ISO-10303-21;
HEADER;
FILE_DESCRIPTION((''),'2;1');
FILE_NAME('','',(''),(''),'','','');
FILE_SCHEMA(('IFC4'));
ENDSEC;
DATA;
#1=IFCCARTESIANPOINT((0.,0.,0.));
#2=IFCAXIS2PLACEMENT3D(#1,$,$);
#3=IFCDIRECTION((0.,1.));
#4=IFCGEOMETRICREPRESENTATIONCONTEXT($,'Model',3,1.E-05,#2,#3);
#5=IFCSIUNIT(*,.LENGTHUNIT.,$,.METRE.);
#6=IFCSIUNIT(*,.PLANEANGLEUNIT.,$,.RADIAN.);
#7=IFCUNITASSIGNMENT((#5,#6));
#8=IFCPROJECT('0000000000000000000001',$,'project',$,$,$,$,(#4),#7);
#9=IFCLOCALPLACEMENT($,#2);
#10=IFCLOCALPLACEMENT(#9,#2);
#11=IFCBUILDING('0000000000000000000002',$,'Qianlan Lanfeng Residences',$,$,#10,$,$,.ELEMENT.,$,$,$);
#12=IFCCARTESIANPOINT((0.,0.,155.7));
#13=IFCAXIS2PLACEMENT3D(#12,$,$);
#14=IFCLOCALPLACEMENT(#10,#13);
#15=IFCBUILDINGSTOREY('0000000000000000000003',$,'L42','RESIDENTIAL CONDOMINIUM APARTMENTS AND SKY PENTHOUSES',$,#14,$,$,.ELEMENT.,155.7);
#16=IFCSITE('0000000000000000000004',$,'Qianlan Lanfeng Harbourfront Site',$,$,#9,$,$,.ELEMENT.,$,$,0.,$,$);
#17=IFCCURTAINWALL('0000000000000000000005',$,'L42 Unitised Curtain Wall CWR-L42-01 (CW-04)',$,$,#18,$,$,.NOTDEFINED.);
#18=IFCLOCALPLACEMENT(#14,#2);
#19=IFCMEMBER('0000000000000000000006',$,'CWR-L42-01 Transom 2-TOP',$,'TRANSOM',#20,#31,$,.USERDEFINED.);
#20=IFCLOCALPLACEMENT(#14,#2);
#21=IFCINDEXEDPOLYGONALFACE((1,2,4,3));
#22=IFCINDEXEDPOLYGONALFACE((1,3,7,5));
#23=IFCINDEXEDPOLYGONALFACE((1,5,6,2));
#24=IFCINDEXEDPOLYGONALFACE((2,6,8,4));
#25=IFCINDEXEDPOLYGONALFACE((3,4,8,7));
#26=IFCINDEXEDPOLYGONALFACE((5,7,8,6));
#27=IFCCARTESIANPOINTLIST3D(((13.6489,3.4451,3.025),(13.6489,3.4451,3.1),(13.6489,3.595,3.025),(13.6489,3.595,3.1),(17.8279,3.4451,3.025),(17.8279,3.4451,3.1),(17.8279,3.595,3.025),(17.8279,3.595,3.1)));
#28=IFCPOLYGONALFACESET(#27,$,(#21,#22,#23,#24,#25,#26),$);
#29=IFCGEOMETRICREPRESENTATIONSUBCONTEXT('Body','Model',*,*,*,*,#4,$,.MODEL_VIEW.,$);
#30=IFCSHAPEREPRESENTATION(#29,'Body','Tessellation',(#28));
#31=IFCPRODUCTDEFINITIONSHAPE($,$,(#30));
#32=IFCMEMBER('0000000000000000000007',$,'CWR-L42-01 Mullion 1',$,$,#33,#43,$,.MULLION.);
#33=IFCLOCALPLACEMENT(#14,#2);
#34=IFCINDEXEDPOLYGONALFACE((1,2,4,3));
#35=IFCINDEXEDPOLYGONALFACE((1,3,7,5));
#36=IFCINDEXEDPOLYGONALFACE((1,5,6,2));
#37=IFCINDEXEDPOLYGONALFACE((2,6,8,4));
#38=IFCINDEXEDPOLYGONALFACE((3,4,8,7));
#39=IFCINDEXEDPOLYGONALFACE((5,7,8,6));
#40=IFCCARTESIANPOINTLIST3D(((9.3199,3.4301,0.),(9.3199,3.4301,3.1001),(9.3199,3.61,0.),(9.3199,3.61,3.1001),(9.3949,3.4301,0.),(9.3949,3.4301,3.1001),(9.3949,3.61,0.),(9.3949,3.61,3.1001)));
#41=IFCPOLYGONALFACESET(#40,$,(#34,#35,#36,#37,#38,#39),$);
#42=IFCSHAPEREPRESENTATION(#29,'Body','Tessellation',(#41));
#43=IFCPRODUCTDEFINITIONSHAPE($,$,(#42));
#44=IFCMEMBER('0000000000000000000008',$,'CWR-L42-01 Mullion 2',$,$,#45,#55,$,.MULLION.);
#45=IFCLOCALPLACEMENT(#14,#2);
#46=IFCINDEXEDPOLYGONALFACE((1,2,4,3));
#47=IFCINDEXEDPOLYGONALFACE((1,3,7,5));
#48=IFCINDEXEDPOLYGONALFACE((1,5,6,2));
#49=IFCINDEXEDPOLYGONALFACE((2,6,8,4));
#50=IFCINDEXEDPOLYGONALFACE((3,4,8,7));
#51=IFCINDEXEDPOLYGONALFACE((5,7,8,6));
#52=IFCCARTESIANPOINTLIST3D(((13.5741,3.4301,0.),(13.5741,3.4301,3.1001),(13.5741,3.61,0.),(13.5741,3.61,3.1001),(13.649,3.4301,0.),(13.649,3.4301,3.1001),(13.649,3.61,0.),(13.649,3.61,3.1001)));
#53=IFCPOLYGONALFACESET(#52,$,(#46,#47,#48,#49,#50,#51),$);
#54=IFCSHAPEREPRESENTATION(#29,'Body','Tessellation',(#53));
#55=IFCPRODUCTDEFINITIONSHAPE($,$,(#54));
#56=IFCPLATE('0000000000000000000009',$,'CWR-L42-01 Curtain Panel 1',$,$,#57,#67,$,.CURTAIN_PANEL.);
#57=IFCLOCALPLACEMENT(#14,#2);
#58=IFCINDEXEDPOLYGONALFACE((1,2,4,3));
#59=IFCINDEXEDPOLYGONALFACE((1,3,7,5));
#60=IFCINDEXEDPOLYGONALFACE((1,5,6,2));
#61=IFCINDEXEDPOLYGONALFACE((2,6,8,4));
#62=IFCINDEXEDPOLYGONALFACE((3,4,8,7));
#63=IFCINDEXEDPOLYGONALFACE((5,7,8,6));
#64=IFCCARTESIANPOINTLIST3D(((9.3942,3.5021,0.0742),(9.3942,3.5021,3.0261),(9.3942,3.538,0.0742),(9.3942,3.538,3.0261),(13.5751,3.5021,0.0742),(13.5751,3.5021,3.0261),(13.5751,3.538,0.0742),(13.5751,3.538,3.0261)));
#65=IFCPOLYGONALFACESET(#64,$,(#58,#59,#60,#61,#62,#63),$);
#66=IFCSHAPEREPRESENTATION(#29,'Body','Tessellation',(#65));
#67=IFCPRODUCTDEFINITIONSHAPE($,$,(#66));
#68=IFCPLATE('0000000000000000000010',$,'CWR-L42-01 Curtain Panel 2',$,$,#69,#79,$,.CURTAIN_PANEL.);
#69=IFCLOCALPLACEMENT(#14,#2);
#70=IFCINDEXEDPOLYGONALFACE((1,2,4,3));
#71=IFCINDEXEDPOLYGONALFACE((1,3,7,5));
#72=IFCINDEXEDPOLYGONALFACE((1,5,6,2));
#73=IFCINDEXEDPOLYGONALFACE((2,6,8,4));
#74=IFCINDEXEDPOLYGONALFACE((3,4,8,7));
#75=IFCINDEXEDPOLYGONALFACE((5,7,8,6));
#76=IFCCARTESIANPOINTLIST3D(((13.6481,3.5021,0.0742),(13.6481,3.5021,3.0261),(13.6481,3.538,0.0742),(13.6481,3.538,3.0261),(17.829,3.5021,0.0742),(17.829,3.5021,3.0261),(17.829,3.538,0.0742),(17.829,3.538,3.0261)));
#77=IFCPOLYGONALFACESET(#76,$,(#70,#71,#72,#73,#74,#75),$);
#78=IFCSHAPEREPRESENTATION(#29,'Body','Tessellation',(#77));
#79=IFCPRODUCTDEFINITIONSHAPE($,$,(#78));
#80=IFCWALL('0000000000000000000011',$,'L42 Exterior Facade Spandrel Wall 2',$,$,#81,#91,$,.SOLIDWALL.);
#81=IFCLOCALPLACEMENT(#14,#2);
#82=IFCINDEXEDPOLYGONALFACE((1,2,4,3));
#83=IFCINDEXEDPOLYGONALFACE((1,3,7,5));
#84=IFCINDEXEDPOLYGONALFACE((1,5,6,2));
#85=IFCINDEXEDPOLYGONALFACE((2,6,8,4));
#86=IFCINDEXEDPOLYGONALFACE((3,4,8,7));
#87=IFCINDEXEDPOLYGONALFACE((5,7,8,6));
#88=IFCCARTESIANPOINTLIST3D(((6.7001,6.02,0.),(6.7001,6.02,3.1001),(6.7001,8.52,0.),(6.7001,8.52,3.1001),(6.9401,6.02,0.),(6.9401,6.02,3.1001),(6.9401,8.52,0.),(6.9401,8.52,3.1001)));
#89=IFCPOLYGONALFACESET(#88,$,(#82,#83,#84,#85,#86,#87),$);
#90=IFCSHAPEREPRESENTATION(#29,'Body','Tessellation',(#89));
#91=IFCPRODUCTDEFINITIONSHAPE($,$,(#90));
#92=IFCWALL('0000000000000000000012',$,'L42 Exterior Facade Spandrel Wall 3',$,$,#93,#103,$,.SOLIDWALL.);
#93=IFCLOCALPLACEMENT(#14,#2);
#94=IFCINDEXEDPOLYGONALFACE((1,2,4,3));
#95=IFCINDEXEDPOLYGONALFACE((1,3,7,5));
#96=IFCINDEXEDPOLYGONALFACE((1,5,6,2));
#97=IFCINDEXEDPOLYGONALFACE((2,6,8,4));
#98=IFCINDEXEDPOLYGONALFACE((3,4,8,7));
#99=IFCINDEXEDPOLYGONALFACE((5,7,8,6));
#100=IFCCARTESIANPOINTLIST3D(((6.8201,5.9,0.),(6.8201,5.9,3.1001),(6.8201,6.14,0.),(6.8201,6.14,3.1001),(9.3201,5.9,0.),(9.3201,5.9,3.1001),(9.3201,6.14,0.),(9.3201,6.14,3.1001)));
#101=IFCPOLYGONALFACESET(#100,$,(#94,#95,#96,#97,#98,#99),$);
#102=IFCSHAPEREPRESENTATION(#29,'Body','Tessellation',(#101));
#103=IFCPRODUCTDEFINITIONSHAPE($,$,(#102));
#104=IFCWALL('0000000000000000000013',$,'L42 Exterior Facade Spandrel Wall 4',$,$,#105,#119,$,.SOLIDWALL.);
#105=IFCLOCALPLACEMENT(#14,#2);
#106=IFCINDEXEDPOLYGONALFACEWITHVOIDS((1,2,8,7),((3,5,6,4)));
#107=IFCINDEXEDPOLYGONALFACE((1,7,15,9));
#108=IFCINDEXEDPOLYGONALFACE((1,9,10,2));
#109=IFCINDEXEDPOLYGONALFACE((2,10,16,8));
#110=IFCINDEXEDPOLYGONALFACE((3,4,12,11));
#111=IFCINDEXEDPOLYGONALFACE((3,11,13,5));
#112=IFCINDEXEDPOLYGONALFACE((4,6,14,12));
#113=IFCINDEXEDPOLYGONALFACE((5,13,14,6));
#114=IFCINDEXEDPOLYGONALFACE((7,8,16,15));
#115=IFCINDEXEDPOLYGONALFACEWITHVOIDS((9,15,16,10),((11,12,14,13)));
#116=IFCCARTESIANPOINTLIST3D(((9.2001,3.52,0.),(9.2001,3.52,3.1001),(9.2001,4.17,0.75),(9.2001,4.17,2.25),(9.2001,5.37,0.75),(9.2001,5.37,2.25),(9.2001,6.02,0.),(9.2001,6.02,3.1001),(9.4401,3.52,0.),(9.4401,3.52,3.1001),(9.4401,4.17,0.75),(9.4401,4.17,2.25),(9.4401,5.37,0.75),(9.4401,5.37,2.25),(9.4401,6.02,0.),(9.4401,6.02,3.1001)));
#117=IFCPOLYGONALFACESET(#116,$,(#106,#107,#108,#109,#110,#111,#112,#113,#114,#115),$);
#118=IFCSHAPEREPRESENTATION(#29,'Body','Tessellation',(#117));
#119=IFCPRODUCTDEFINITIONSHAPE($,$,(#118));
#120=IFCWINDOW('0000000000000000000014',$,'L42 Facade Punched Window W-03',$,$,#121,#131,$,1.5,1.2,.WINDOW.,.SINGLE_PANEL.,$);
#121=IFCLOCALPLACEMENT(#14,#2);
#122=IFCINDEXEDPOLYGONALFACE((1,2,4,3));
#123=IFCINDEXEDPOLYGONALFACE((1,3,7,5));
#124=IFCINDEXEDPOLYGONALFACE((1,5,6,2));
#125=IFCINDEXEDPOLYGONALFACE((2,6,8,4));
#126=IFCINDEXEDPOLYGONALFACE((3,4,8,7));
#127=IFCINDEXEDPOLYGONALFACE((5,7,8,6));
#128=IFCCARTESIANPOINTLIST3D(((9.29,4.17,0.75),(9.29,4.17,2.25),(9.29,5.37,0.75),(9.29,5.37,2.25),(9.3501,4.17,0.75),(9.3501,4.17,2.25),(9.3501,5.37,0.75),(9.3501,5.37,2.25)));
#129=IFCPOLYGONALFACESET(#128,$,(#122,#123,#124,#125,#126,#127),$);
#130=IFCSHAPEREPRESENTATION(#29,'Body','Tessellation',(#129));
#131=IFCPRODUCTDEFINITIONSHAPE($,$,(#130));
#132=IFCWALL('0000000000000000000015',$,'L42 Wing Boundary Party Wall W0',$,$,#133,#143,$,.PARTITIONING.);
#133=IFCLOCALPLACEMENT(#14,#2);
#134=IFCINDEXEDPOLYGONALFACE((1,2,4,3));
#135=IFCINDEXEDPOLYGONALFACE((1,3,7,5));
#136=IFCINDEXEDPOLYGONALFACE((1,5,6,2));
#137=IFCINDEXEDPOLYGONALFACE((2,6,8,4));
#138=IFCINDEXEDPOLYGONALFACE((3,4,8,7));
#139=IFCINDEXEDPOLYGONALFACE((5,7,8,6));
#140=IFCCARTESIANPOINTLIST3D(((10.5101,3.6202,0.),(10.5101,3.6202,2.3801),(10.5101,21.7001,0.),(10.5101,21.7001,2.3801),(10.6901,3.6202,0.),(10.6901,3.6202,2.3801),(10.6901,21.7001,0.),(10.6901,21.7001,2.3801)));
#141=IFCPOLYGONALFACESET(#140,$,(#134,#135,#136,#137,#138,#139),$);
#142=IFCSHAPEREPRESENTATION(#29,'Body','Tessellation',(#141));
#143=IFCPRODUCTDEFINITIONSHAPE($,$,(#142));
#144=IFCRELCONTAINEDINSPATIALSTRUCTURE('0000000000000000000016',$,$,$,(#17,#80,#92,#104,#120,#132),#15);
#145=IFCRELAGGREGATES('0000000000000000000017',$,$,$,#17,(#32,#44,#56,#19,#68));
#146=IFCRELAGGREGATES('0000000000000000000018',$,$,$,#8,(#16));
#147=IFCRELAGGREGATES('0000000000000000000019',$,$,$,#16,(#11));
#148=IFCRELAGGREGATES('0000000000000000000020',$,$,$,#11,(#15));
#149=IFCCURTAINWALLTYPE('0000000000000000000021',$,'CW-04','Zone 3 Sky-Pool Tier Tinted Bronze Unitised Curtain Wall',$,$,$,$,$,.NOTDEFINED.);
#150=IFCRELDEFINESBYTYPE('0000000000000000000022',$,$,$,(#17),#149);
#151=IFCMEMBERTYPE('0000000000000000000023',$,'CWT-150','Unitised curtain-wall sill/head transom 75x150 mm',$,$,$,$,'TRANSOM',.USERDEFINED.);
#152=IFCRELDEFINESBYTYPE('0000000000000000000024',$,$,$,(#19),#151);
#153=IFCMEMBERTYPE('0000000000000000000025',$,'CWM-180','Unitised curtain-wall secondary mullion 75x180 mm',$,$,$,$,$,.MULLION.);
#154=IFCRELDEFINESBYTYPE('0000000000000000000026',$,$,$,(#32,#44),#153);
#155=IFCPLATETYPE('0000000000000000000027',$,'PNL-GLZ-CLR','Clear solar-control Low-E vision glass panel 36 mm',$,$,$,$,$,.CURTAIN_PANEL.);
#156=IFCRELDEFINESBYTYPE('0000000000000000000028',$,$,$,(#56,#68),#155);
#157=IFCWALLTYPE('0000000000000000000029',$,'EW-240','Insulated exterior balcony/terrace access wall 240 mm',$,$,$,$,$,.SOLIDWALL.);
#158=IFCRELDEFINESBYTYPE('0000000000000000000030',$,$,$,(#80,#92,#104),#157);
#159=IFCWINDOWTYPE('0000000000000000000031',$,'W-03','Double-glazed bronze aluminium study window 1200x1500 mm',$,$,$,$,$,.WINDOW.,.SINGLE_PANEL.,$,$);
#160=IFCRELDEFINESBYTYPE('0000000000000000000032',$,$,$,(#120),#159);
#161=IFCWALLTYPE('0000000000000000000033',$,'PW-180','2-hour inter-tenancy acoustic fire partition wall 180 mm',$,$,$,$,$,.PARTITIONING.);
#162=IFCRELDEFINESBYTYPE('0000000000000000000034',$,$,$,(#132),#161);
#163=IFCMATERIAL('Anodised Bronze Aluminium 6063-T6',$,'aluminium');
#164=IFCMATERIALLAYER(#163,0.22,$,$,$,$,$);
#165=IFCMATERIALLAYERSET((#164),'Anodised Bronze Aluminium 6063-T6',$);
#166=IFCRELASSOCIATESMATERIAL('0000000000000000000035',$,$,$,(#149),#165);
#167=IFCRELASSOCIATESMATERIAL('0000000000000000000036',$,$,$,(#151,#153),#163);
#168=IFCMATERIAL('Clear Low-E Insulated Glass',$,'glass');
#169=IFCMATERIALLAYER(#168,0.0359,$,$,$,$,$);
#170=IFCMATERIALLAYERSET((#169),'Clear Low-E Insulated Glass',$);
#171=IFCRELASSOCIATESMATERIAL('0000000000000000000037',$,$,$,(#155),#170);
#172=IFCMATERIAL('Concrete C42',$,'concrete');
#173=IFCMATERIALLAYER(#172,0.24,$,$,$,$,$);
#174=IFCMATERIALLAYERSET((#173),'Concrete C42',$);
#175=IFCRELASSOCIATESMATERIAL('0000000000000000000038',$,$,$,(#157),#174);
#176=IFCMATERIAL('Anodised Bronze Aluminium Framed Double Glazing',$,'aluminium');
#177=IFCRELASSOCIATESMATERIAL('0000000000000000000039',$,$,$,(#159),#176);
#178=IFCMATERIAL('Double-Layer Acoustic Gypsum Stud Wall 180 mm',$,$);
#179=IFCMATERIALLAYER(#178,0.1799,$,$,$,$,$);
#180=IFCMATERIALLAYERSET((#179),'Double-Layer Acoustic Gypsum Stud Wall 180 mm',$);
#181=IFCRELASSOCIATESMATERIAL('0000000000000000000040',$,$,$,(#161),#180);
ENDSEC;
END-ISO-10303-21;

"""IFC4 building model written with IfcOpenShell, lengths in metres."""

from ifc_helpers import new_model, si_unit, direction, frame, frame_2d, origin, origin_2d, place, context, subcontext, project, spatial, rectangle, extrude, source, transform, mapped, material, layer, layer_set, material_profile, profile_set, type_object, element, fill, aggregate, save


model = new_model("IFC4")

# Units and contexts
model_context = context("Model", 3, precision=1e-05, world=origin(), true_north=direction((0.0, 1.0)))
body_context = subcontext(model_context, "Body", "Model", "MODEL_VIEW")
ifc_project = project(units=[si_unit("LENGTHUNIT", "METRE"), si_unit("PLANEANGLEUNIT", "RADIAN")], contexts=[model_context])

# Site, building, storey
site_placement = place(None, origin())
site = spatial("IfcSite", under=ifc_project, at=site_placement, Name="Qianlan Lanfeng Harbourfront Site", CompositionType="ELEMENT", RefElevation=0.0)
building_placement = place(site_placement, origin())
building = spatial("IfcBuilding", under=site, at=building_placement, Name="Qianlan Lanfeng Residences", CompositionType="ELEMENT")
storey_placement = place(building_placement, frame((0.0, 0.0, 155.7)))
storey = spatial("IfcBuildingStorey", under=building, at=storey_placement, Name="L42", Description="RESIDENTIAL CONDOMINIUM APARTMENTS AND SKY PENTHOUSES", CompositionType="ELEMENT", Elevation=155.7)

# Curtain wall, members, plates
ifc_material_1 = material(Name="Anodised Bronze Aluminium 6063-T6", Category="aluminium")
ifc_layer_1 = layer(ifc_material_1, 0.22)
ifc_layer_set_1 = layer_set([ifc_layer_1], Name="Anodised Bronze Aluminium 6063-T6")
curtain_wall_type = type_object("IfcCurtainWallType", Name="CW-04", Description="Zone 3 Sky-Pool Tier Tinted Bronze Unitised Curtain Wall", PredefinedType="NOTDEFINED", material=ifc_layer_set_1)
curtain_wall_placement = place(storey_placement, origin())
curtain_wall = element("IfcCurtainWall", 1, at=curtain_wall_placement, inside=storey, type_object=curtain_wall_type, Name="L42 Unitised Curtain Wall CWR-L42-01 (CW-04)", PredefinedType="NOTDEFINED")
ifc_material_profile_1 = material_profile(ifc_material_1, rectangle(XDim=0.075, YDim=0.1499, at=origin_2d()), Name="ALU TRANSOM 75x150")
ifc_profile_set_1 = profile_set([ifc_material_profile_1], Name="Anodised Bronze Aluminium 6063-T6")
member_type_1 = type_object("IfcMemberType", Name="CWT-150", Description="Unitised curtain-wall sill/head transom 75x150 mm", ElementType="TRANSOM", PredefinedType="USERDEFINED", material=ifc_profile_set_1)
shared_shape_1 = source(origin(), body_context, "Body", "SweptSolid", [
    extrude(rectangle(XDim=0.075, YDim=0.1499, at=origin_2d()), origin(), (0.0, 0.0, 1.0), 4.179),
])
member_1_placement = place(storey_placement, frame((13.6489, 3.52, 3.0625), z_axis=(1.0, 0.0, 0.0), x_axis=(0.0, 0.0, 1.0)))
member_1 = element("IfcMember", 2, at=member_1_placement, type_object=member_type_1, Name="CWR-L42-01 Transom 2-TOP", ObjectType="TRANSOM", PredefinedType="USERDEFINED", context=body_context, shape_type="MappedRepresentation", body=[
    mapped(shared_shape_1, transform((0.0, 0.0, 0.0), scale=1.0)),
])
ifc_material_profile_2 = material_profile(ifc_material_1, rectangle(XDim=0.075, YDim=0.1799, at=origin_2d()), Name="ALU MULLION 75x180")
ifc_profile_set_2 = profile_set([ifc_material_profile_2], Name="Anodised Bronze Aluminium 6063-T6")
member_type_2 = type_object("IfcMemberType", Name="CWM-180", Description="Unitised curtain-wall secondary mullion 75x180 mm", PredefinedType="MULLION", material=ifc_profile_set_2)
shared_shape_2 = source(origin(), body_context, "Body", "SweptSolid", [
    extrude(rectangle(XDim=0.075, YDim=0.1799, at=origin_2d()), origin(), (0.0, 0.0, 1.0), 3.1001),
])
member_2_placement = place(storey_placement, frame((9.3574, 3.52, 0.0), z_axis=(0.0, 0.0, 1.0), x_axis=(1.0, 0.0, 0.0)))
member_2 = element("IfcMember", 3, at=member_2_placement, type_object=member_type_2, Name="CWR-L42-01 Mullion 1", PredefinedType="MULLION", context=body_context, shape_type="MappedRepresentation", body=[
    mapped(shared_shape_2, transform((0.0, 0.0, 0.0), scale=1.0)),
])
member_3_placement = place(storey_placement, frame((13.6116, 3.52, 0.0), z_axis=(0.0, 0.0, 1.0), x_axis=(1.0, 0.0, 0.0)))
member_3 = element("IfcMember", 4, at=member_3_placement, type_object=member_type_2, Name="CWR-L42-01 Mullion 2", PredefinedType="MULLION", context=body_context, shape_type="MappedRepresentation", body=[
    mapped(shared_shape_2, transform((0.0, 0.0, 0.0), scale=1.0)),
])
ifc_material_2 = material(Name="Clear Low-E Insulated Glass", Category="glass")
ifc_layer_2 = layer(ifc_material_2, 0.0359)
ifc_layer_set_2 = layer_set([ifc_layer_2], Name="Clear Low-E Insulated Glass")
plate_type = type_object("IfcPlateType", Name="PNL-GLZ-CLR", Description="Clear solar-control Low-E vision glass panel 36 mm", PredefinedType="CURTAIN_PANEL", material=ifc_layer_set_2)
shared_shape_3 = source(origin(), body_context, "Body", "SweptSolid", [
    extrude(rectangle(XDim=4.1809, YDim=0.0359, at=origin_2d()), origin(), (0.0, 0.0, 1.0), 2.9519),
])
plate_1_placement = place(storey_placement, frame((11.4846, 3.52, 0.0742), z_axis=(0.0, 0.0, 1.0), x_axis=(1.0, 0.0, 0.0)))
plate_1 = element("IfcPlate", 5, at=plate_1_placement, type_object=plate_type, Name="CWR-L42-01 Curtain Panel 1", PredefinedType="CURTAIN_PANEL", context=body_context, shape_type="MappedRepresentation", body=[
    mapped(shared_shape_3, transform((0.0, 0.0, 0.0), scale=1.0)),
])
plate_2_placement = place(storey_placement, frame((15.7385, 3.52, 0.0742), z_axis=(0.0, 0.0, 1.0), x_axis=(1.0, 0.0, 0.0)))
plate_2 = element("IfcPlate", 6, at=plate_2_placement, type_object=plate_type, Name="CWR-L42-01 Curtain Panel 2", PredefinedType="CURTAIN_PANEL", context=body_context, shape_type="MappedRepresentation", body=[
    mapped(shared_shape_3, transform((0.0, 0.0, 0.0), scale=1.0)),
])
aggregate(curtain_wall, [member_2, member_3, plate_1, member_1, plate_2])

# Walls
ifc_material_3 = material(Name="Concrete C42", Category="concrete")
ifc_layer_3 = layer(ifc_material_3, 0.24)
ifc_layer_set_3 = layer_set([ifc_layer_3], Name="Concrete C42")
wall_type_1 = type_object("IfcWallType", Name="EW-240", Description="Insulated exterior balcony/terrace access wall 240 mm", PredefinedType="SOLIDWALL", material=ifc_layer_set_3)
for number, where, z_axis, x_axis, name in (
    (7, (6.8201, 8.52, 0.0), (0.0, 0.0, 1.0), (0.0, -1.0, 0.0), "L42 Exterior Facade Spandrel Wall 2"),
    (8, (6.8201, 6.02, 0.0), (0.0, 0.0, 1.0), (1.0, 0.0, 0.0), "L42 Exterior Facade Spandrel Wall 3"),
):
    element("IfcWall", number, at=place(storey_placement, frame(where, z_axis=z_axis, x_axis=x_axis)), inside=storey, type_object=wall_type_1, Name=name, PredefinedType="SOLIDWALL", context=body_context, shape_type="SweptSolid", body=[
        extrude(rectangle(XDim=2.5, YDim=0.24, at=frame_2d((1.25, 0.0))), origin(), (0.0, 0.0, 1.0), 3.1001),
    ])

# Wall, opening, window
wall_1_placement = place(storey_placement, frame((9.3201, 6.02, 0.0), z_axis=(0.0, 0.0, 1.0), x_axis=(0.0, -1.0, 0.0)))
wall_1 = element("IfcWall", 9, at=wall_1_placement, inside=storey, type_object=wall_type_1, Name="L42 Exterior Facade Spandrel Wall 4", PredefinedType="SOLIDWALL", context=body_context, shape_type="SweptSolid", body=[
    extrude(rectangle(XDim=2.5, YDim=0.24, at=frame_2d((1.25, 0.0))), origin(), (0.0, 0.0, 1.0), 3.1001),
])
opening_placement = place(wall_1_placement, frame((0.6499, 0.0, 0.75)))
opening = element("IfcOpeningElement", 10, at=opening_placement, cuts=wall_1, PredefinedType="OPENING", context=body_context, shape_type="SweptSolid", body=[
    extrude(rectangle(XDim=1.2, YDim=1.5, at=frame_2d((0.6001, 0.75))), frame((0.0, 0.1299, 0.0), z_axis=(0.0, -1.0, 0.0), x_axis=(1.0, 0.0, 0.0)), (0.0, 0.0, 1.0), 0.26),
])
ifc_material_4 = material(Name="Anodised Bronze Aluminium Framed Double Glazing", Category="aluminium")
window_type = type_object("IfcWindowType", Name="W-03", Description="Double-glazed bronze aluminium study window 1200x1500 mm", PartitioningType="SINGLE_PANEL", PredefinedType="WINDOW", material=ifc_material_4)
window_placement = place(opening_placement, origin())
window = element("IfcWindow", 11, at=window_placement, inside=storey, type_object=window_type, Name="L42 Facade Punched Window W-03", OverallHeight=1.5, OverallWidth=1.2, PartitioningType="SINGLE_PANEL", PredefinedType="WINDOW", context=body_context, shape_type="SweptSolid", body=[
    extrude(rectangle(XDim=1.2, YDim=1.5, at=frame_2d((0.6001, 0.75))), frame((0.0, 0.03, 0.0), z_axis=(0.0, -1.0, 0.0), x_axis=(1.0, 0.0, 0.0)), (0.0, 0.0, 1.0), 0.0601),
])
fill(opening, window)

# Wall
ifc_material_5 = material(Name="Double-Layer Acoustic Gypsum Stud Wall 180 mm")
ifc_layer_4 = layer(ifc_material_5, 0.1799)
ifc_layer_set_4 = layer_set([ifc_layer_4], Name="Double-Layer Acoustic Gypsum Stud Wall 180 mm")
wall_type_2 = type_object("IfcWallType", Name="PW-180", Description="2-hour inter-tenancy acoustic fire partition wall 180 mm", PredefinedType="PARTITIONING", material=ifc_layer_set_4)
wall_2_placement = place(storey_placement, frame((10.6001, 3.6201, 0.0), z_axis=(0.0, 0.0, 1.0), x_axis=(0.0, 1.0, 0.0)))
element("IfcWall", 12, at=wall_2_placement, inside=storey, type_object=wall_type_2, Name="L42 Wing Boundary Party Wall W0", PredefinedType="PARTITIONING", context=body_context, shape_type="SweptSolid", body=[
    extrude(rectangle(XDim=18.0798, YDim=0.1799, at=frame_2d((9.04, 0.0))), origin(), (0.0, 0.0, 1.0), 2.3801),
])

save(model, "model.ifc")
